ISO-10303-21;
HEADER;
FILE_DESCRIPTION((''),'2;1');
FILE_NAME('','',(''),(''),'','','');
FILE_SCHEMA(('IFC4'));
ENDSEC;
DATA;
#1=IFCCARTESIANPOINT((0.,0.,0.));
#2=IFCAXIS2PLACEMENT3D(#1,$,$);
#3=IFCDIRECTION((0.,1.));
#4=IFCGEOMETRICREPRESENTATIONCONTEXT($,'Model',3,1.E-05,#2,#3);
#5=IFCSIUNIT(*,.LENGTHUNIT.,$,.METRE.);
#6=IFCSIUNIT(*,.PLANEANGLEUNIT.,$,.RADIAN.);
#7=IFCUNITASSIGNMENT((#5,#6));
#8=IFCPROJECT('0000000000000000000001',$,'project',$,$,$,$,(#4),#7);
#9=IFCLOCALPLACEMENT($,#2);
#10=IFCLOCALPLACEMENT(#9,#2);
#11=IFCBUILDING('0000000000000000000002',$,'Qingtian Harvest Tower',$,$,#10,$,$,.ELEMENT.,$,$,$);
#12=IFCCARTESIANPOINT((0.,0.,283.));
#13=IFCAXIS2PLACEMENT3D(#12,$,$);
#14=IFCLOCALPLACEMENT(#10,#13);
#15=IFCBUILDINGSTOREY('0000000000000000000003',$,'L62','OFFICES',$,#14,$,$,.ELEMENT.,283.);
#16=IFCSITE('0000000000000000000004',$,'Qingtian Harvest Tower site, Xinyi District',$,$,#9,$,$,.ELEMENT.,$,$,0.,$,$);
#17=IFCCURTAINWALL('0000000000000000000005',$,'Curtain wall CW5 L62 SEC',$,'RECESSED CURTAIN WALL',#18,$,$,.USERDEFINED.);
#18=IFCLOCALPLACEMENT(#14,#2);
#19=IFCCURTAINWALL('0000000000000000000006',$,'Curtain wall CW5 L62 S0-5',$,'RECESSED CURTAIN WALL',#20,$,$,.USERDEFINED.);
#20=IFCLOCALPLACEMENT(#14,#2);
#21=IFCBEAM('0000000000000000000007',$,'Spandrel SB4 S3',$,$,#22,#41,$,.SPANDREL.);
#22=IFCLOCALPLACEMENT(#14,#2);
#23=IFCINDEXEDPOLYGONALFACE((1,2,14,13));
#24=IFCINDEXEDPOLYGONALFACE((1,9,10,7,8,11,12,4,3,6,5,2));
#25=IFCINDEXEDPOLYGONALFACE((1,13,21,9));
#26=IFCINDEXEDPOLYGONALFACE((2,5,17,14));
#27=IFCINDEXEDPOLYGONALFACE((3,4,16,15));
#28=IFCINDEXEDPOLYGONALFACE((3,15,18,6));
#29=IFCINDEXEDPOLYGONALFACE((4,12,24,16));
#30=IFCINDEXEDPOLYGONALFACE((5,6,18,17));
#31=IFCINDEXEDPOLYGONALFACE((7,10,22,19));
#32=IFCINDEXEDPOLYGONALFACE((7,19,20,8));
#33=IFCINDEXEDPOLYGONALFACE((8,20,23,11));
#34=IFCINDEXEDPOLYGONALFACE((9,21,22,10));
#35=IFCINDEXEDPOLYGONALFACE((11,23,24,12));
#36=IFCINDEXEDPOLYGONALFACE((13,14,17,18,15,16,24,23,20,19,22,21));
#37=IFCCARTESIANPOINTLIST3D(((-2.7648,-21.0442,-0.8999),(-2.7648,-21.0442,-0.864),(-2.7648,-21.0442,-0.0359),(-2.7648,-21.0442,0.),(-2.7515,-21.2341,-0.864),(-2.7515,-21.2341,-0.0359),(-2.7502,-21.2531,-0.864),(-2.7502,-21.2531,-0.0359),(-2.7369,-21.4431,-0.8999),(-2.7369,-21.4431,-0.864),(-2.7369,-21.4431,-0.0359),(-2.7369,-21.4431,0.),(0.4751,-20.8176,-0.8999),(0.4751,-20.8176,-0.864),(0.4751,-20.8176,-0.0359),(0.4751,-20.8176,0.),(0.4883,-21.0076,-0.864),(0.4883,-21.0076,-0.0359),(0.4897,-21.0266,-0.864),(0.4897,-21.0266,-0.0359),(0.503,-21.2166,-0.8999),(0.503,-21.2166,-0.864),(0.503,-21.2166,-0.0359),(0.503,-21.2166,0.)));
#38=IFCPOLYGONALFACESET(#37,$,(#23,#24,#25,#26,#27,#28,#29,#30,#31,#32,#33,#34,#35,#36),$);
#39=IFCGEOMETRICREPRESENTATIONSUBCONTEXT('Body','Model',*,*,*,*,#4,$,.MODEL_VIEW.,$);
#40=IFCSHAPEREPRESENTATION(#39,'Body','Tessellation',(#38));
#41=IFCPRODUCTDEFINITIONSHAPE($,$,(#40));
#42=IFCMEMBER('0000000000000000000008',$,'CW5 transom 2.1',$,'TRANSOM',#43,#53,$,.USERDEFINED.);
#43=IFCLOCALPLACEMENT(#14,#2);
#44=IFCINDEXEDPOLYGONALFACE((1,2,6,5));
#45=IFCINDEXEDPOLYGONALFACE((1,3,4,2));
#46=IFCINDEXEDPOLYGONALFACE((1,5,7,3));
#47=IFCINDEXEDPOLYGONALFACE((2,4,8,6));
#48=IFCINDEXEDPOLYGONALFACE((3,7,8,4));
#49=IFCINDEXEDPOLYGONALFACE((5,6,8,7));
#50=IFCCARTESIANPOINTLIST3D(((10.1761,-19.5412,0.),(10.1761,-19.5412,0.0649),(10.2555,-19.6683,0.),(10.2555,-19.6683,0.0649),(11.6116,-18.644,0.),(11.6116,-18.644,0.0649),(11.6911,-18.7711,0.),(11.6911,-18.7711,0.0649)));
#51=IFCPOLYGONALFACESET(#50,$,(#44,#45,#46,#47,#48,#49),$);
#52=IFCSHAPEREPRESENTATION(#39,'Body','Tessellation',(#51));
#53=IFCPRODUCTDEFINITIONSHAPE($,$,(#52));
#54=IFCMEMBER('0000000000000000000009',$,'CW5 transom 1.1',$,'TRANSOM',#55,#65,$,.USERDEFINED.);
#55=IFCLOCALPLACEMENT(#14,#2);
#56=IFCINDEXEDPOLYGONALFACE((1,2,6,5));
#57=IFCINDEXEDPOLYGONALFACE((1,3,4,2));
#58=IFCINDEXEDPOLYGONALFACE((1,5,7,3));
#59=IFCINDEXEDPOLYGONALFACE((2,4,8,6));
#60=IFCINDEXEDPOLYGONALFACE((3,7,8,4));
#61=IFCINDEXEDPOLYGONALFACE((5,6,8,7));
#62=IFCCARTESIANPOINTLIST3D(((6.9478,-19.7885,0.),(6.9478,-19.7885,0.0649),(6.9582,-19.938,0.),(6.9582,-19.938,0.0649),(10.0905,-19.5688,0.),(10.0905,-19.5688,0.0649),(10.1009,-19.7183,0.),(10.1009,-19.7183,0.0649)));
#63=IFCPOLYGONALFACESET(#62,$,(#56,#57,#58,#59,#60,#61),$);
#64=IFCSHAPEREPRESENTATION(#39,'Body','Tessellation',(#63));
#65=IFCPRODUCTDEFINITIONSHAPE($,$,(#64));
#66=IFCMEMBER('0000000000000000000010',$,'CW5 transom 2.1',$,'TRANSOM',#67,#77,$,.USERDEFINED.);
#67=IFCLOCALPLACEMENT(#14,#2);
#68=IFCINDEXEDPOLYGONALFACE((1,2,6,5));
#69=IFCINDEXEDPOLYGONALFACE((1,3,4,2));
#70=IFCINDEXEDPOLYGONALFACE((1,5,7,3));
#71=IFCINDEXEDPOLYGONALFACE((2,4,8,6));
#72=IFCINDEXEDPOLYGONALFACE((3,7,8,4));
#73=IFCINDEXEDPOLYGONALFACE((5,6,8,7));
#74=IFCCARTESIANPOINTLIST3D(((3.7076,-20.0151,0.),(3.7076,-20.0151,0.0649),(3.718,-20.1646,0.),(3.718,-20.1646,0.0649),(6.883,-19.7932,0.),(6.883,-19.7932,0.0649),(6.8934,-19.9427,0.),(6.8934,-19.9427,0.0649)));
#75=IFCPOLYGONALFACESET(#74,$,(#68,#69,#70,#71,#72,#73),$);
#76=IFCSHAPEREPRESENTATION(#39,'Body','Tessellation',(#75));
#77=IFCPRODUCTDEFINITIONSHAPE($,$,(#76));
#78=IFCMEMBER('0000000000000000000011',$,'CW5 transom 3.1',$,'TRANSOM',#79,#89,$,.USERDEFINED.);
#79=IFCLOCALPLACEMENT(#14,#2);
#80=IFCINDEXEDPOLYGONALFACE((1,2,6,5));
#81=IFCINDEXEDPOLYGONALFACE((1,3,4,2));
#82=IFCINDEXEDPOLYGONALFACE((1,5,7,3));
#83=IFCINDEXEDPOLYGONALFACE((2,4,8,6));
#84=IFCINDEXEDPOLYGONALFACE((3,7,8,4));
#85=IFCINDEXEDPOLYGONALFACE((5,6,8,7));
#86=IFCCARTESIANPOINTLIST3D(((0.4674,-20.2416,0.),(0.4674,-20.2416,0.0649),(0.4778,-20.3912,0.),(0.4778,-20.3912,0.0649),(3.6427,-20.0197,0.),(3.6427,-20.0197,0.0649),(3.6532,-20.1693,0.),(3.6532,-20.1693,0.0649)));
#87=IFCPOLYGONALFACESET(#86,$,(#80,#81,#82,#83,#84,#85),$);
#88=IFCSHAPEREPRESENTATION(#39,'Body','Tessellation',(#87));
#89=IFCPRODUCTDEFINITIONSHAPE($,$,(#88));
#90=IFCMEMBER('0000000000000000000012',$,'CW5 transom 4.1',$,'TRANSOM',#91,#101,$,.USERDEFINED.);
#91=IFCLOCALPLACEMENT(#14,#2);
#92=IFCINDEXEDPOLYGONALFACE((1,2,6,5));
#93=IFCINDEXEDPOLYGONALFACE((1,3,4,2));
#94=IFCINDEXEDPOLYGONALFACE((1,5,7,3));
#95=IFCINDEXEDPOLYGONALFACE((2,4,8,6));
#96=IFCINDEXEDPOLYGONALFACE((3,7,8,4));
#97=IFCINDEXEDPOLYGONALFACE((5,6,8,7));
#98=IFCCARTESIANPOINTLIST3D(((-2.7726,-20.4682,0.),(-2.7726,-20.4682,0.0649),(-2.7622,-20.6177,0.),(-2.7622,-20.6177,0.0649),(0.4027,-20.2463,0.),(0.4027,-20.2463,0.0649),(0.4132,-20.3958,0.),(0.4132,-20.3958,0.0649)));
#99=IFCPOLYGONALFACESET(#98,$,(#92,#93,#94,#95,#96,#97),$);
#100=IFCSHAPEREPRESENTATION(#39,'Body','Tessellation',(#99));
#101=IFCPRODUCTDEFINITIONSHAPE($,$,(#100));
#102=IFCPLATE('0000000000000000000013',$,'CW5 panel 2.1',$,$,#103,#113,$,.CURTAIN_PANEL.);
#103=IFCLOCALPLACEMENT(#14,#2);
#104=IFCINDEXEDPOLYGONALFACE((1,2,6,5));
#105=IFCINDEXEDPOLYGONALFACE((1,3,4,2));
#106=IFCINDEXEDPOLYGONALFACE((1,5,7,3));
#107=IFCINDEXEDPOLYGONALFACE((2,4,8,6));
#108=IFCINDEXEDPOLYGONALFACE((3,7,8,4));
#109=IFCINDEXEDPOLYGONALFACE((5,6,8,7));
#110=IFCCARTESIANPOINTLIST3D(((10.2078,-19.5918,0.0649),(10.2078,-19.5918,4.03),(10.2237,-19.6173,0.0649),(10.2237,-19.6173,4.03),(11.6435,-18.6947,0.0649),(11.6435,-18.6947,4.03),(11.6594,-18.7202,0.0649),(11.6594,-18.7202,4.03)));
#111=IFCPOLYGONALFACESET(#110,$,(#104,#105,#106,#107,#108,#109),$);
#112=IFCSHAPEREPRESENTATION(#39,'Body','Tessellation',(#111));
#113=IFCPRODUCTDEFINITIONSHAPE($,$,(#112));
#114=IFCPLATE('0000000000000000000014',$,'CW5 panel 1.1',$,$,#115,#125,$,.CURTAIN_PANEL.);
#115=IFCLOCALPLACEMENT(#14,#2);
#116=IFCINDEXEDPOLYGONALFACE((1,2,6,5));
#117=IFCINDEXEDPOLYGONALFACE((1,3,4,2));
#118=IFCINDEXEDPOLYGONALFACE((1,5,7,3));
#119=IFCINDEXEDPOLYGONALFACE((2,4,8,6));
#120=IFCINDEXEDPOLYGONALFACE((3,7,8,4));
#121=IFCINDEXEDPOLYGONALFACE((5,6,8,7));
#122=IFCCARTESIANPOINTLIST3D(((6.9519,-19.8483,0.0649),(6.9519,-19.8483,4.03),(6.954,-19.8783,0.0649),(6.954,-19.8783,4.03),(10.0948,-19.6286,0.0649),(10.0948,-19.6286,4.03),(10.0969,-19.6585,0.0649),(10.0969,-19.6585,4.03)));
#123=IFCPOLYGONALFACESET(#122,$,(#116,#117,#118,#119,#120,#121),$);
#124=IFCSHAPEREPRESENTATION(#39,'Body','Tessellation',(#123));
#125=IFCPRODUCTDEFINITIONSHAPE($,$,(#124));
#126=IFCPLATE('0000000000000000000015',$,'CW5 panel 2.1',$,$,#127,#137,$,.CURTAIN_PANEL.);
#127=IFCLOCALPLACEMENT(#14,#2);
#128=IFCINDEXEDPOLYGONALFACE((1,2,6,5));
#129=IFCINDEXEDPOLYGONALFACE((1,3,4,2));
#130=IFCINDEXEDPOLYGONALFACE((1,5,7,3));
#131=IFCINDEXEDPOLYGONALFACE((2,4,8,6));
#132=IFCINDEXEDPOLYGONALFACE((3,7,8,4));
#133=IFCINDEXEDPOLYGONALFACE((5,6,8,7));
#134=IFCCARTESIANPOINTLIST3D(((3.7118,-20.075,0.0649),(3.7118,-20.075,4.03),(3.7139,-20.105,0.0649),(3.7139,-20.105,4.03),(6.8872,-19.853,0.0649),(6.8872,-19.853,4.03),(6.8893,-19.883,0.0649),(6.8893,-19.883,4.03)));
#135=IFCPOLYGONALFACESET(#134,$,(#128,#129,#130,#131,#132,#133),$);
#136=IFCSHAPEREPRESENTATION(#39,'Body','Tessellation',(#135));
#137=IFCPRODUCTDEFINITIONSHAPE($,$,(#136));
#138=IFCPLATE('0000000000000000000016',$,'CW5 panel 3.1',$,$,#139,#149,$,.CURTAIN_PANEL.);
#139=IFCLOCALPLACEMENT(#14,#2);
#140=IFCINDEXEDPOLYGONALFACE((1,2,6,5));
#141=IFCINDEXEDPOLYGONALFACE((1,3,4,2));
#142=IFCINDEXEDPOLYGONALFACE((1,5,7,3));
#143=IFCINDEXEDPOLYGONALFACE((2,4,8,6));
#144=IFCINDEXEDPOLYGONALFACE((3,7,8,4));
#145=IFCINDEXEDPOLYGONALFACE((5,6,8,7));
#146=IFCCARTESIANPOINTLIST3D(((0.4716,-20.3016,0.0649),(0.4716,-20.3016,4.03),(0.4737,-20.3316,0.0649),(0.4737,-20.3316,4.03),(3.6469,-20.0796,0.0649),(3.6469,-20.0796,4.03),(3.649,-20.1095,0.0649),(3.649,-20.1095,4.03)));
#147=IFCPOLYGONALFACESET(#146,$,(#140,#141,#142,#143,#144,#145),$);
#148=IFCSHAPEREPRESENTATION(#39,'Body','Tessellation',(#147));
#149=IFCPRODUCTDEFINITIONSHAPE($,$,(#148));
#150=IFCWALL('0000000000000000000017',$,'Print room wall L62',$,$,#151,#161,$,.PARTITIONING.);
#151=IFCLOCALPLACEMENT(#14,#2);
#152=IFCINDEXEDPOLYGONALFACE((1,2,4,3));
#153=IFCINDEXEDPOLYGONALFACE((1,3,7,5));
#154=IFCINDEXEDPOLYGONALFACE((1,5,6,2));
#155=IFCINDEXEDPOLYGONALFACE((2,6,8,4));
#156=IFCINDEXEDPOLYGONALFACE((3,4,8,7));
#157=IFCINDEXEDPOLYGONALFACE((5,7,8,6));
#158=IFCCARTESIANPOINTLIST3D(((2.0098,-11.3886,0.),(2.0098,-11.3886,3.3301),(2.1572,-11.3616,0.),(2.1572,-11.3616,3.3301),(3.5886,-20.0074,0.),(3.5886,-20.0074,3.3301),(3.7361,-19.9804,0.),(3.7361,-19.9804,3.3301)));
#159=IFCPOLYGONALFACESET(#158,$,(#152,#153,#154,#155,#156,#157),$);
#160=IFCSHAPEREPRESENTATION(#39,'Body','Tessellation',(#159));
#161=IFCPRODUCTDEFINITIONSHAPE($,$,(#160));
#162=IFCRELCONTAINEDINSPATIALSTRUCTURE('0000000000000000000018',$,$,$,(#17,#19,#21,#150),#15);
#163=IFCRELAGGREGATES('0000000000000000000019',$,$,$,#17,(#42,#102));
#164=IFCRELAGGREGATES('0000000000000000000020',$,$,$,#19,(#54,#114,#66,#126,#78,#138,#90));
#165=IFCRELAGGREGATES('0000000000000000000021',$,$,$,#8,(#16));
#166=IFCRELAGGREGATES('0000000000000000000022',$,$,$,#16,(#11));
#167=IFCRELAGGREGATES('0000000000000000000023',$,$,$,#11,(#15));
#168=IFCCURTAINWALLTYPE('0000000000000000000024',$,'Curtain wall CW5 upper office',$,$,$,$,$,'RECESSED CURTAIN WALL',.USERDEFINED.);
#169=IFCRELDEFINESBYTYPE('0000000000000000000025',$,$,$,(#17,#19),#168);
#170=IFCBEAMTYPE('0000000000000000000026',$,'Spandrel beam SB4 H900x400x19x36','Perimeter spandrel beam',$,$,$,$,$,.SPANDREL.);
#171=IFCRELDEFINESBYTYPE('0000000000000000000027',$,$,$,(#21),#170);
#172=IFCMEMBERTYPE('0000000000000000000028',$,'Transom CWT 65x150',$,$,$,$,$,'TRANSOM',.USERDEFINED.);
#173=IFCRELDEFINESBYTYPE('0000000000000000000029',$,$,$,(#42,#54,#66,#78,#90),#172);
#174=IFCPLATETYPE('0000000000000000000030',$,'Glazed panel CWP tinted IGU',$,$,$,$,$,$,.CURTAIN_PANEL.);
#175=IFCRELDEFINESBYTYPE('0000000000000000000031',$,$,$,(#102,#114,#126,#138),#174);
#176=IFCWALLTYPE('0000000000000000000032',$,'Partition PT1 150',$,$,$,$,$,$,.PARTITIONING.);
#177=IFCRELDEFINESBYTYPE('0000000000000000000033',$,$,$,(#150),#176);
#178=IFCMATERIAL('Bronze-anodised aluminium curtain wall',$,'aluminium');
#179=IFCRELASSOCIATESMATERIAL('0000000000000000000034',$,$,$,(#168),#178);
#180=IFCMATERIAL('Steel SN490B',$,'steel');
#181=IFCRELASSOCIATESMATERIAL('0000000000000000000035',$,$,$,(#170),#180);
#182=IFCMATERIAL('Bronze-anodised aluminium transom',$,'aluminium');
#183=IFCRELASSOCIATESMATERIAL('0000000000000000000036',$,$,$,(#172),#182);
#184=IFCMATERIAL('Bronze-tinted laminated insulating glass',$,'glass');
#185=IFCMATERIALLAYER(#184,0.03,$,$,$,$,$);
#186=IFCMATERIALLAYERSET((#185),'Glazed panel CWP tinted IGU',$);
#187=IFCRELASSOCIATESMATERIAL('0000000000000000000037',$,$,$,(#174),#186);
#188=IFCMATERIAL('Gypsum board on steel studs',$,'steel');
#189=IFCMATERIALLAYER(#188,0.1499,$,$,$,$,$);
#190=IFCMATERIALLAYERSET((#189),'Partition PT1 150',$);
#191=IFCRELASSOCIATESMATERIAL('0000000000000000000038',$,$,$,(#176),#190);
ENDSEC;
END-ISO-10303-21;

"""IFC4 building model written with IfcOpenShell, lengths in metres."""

from ifc_helpers import new_model, si_unit, direction, frame, frame_2d, origin, origin_2d, place, context, subcontext, project, spatial, rectangle, i_section, extrude, material, layer, layer_set, material_profile, profile_set, type_object, element, aggregate, save


model = new_model("IFC4")

# Units and contexts
model_context = context("Model", 3, precision=1e-05, world=origin(), true_north=direction((0.0, 1.0)))
body_context = subcontext(model_context, "Body", "Model", "MODEL_VIEW")
ifc_project = project(units=[si_unit("LENGTHUNIT", "METRE"), si_unit("PLANEANGLEUNIT", "RADIAN")], contexts=[model_context])

# Site, building, storey
site_placement = place(None, origin())
site = spatial("IfcSite", under=ifc_project, at=site_placement, Name="Qingtian Harvest Tower site, Xinyi District", CompositionType="ELEMENT", RefElevation=0.0)
building_placement = place(site_placement, origin())
building = spatial("IfcBuilding", under=site, at=building_placement, Name="Qingtian Harvest Tower", CompositionType="ELEMENT")
storey_placement = place(building_placement, frame((0.0, 0.0, 283.0)))
storey = spatial("IfcBuildingStorey", under=building, at=storey_placement, Name="L62", Description="OFFICES", CompositionType="ELEMENT", Elevation=283.0)

# Curtain wall
ifc_material_1 = material(Name="Bronze-anodised aluminium curtain wall", Category="aluminium")
curtain_wall_type = type_object("IfcCurtainWallType", Name="Curtain wall CW5 upper office", ElementType="RECESSED CURTAIN WALL", PredefinedType="USERDEFINED", material=ifc_material_1)
curtain_wall_1_placement = place(storey_placement, origin())
curtain_wall_1 = element("IfcCurtainWall", 1, at=curtain_wall_1_placement, inside=storey, type_object=curtain_wall_type, Name="Curtain wall CW5 L62 SEC", ObjectType="RECESSED CURTAIN WALL", PredefinedType="USERDEFINED")

# Curtain wall
curtain_wall_2_placement = place(storey_placement, origin())
curtain_wall_2 = element("IfcCurtainWall", 2, at=curtain_wall_2_placement, inside=storey, type_object=curtain_wall_type, Name="Curtain wall CW5 L62 S0-5", ObjectType="RECESSED CURTAIN WALL", PredefinedType="USERDEFINED")

# Beam
ifc_material_2 = material(Name="Steel SN490B", Category="steel")
ifc_material_profile_1 = material_profile(ifc_material_2, i_section(OverallWidth=0.3999, OverallDepth=0.8999, WebThickness=0.019, FlangeThickness=0.0359, at=origin_2d()), Name="H900x400x19x36")
ifc_profile_set_1 = profile_set([ifc_material_profile_1], Name="Steel SN490B")
beam_type_1 = type_object("IfcBeamType", Name="Spandrel beam SB4 H900x400x19x36", Description="Perimeter spandrel beam", PredefinedType="SPANDREL", material=ifc_profile_set_1)
beam_1_placement = place(storey_placement, frame((0.489, -21.0171, -0.45), z_axis=(-0.997564, -0.069757, 0.0), x_axis=(0.069757, -0.997564, 0.0)))
element("IfcBeam", 3, at=beam_1_placement, inside=storey, type_object=beam_type_1, Name="Spandrel SB4 S3", PredefinedType="SPANDREL", context=body_context, shape_type="SweptSolid", body=[
    extrude(i_section(OverallWidth=0.3999, OverallDepth=0.8999, WebThickness=0.019, FlangeThickness=0.0359, at=origin_2d()), origin(), (0.0, 0.0, 1.0), 3.2478),
])

# Members
ifc_material_3 = material(Name="Bronze-anodised aluminium transom", Category="aluminium")
ifc_material_profile_2 = material_profile(ifc_material_3, rectangle(XDim=0.1499, YDim=0.0649, at=origin_2d()), Name="AL 65x150")
ifc_profile_set_2 = profile_set([ifc_material_profile_2], Name="Bronze-anodised aluminium transom")
member_type_1 = type_object("IfcMemberType", Name="Transom CWT 65x150", ElementType="TRANSOM", PredefinedType="USERDEFINED", material=ifc_profile_set_2)
member_1_placement = place(storey_placement, frame((11.6514, -18.7075, 0.0325), z_axis=(-0.847998, -0.529999, 0.0), x_axis=(0.529999, -0.847998, 0.0)))
member_1 = element("IfcMember", 4, at=member_1_placement, type_object=member_type_1, Name="CW5 transom 2.1", ObjectType="TRANSOM", PredefinedType="USERDEFINED", context=body_context, shape_type="SweptSolid", body=[
    extrude(rectangle(XDim=0.1499, YDim=0.0649, at=origin_2d()), origin(), (0.0, 0.0, 1.0), 1.6929),
])
member_2_placement = place(storey_placement, frame((10.0957, -19.6436, 0.0325), z_axis=(-0.997565, -0.069744, 0.0), x_axis=(0.069744, -0.997565, 0.0)))
member_2 = element("IfcMember", 5, at=member_2_placement, type_object=member_type_1, Name="CW5 transom 1.1", ObjectType="TRANSOM", PredefinedType="USERDEFINED", context=body_context, shape_type="SweptSolid", body=[
    extrude(rectangle(XDim=0.1499, YDim=0.0649, at=origin_2d()), origin(), (0.0, 0.0, 1.0), 3.1504),
])
member_3_placement = place(storey_placement, frame((6.8882, -19.8679, 0.0325), z_axis=(-0.997567, -0.069721, 0.0), x_axis=(0.069721, -0.997567, 0.0)))
member_3 = element("IfcMember", 6, at=member_3_placement, type_object=member_type_1, Name="CW5 transom 2.1", ObjectType="TRANSOM", PredefinedType="USERDEFINED", context=body_context, shape_type="SweptSolid", body=[
    extrude(rectangle(XDim=0.1499, YDim=0.0649, at=origin_2d()), origin(), (0.0, 0.0, 1.0), 3.1831),
])
member_4_placement = place(storey_placement, frame((3.6479, -20.0945, 0.0325), z_axis=(-0.997567, -0.069721, 0.0), x_axis=(0.069721, -0.997567, 0.0)))
member_4 = element("IfcMember", 7, at=member_4_placement, type_object=member_type_1, Name="CW5 transom 3.1", ObjectType="TRANSOM", PredefinedType="USERDEFINED", context=body_context, shape_type="SweptSolid", body=[
    extrude(rectangle(XDim=0.1499, YDim=0.0649, at=origin_2d()), origin(), (0.0, 0.0, 1.0), 3.1831),
])
member_5_placement = place(storey_placement, frame((0.408, -20.321, 0.0325), z_axis=(-0.997567, -0.069721, 0.0), x_axis=(0.069721, -0.997567, 0.0)))
member_5 = element("IfcMember", 8, at=member_5_placement, type_object=member_type_1, Name="CW5 transom 4.1", ObjectType="TRANSOM", PredefinedType="USERDEFINED", context=body_context, shape_type="SweptSolid", body=[
    extrude(rectangle(XDim=0.1499, YDim=0.0649, at=origin_2d()), origin(), (0.0, 0.0, 1.0), 3.1831),
])

# Plates
ifc_material_4 = material(Name="Bronze-tinted laminated insulating glass", Category="glass")
ifc_layer_1 = layer(ifc_material_4, 0.03)
ifc_layer_set_1 = layer_set([ifc_layer_1], Name="Glazed panel CWP tinted IGU")
plate_type = type_object("IfcPlateType", Name="Glazed panel CWP tinted IGU", PredefinedType="CURTAIN_PANEL", material=ifc_layer_set_1)
plate_1_placement = place(storey_placement, frame((10.9336, -19.156, 0.0649), z_axis=(0.0, 0.0, 1.0), x_axis=(-0.848048, -0.529919, 0.0)))
plate_1 = element("IfcPlate", 9, at=plate_1_placement, type_object=plate_type, Name="CW5 panel 2.1", PredefinedType="CURTAIN_PANEL", context=body_context, shape_type="SweptSolid", body=[
    extrude(rectangle(XDim=1.6929, YDim=0.03, at=origin_2d()), origin(), (0.0, 0.0, 1.0), 3.9651),
])
aggregate(curtain_wall_1, [member_1, plate_1])
plate_2_placement = place(storey_placement, frame((8.5244, -19.7534, 0.0649), z_axis=(0.0, 0.0, 1.0), x_axis=(-0.997564, -0.069756, 0.0)))
plate_2 = element("IfcPlate", 10, at=plate_2_placement, type_object=plate_type, Name="CW5 panel 1.1", PredefinedType="CURTAIN_PANEL", context=body_context, shape_type="SweptSolid", body=[
    extrude(rectangle(XDim=3.1506, YDim=0.03, at=origin_2d()), origin(), (0.0, 0.0, 1.0), 3.9651),
])
plate_3_placement = place(storey_placement, frame((5.3005, -19.979, 0.0649), z_axis=(0.0, 0.0, 1.0), x_axis=(-0.997564, -0.069756, 0.0)))
plate_3 = element("IfcPlate", 11, at=plate_3_placement, type_object=plate_type, Name="CW5 panel 2.1", PredefinedType="CURTAIN_PANEL", context=body_context, shape_type="SweptSolid", body=[
    extrude(rectangle(XDim=3.1831, YDim=0.03, at=origin_2d()), origin(), (0.0, 0.0, 1.0), 3.9651),
])
plate_4_placement = place(storey_placement, frame((2.0603, -20.2056, 0.0649), z_axis=(0.0, 0.0, 1.0), x_axis=(-0.997564, -0.069756, 0.0)))
plate_4 = element("IfcPlate", 12, at=plate_4_placement, type_object=plate_type, Name="CW5 panel 3.1", PredefinedType="CURTAIN_PANEL", context=body_context, shape_type="SweptSolid", body=[
    extrude(rectangle(XDim=3.1831, YDim=0.03, at=origin_2d()), origin(), (0.0, 0.0, 1.0), 3.9651),
])
aggregate(curtain_wall_2, [member_2, plate_2, member_3, plate_3, member_4, plate_4, member_5])

# Wall
ifc_material_5 = material(Name="Gypsum board on steel studs", Category="steel")
ifc_layer_2 = layer(ifc_material_5, 0.1499)
ifc_layer_set_2 = layer_set([ifc_layer_2], Name="Partition PT1 150")
wall_type = type_object("IfcWallType", Name="Partition PT1 150", PredefinedType="PARTITIONING", material=ifc_layer_set_2)
wall_placement = place(storey_placement, frame((3.6624, -19.9939, 0.0), z_axis=(0.0, 0.0, 1.0), x_axis=(-0.180187, 0.983632, 0.0)))
element("IfcWall", 13, at=wall_placement, inside=storey, type_object=wall_type, Name="Print room wall L62", PredefinedType="PARTITIONING", context=body_context, shape_type="SweptSolid", body=[
    extrude(rectangle(XDim=8.7622, YDim=0.1499, at=frame_2d((4.3811, 0.0))), origin(), (0.0, 0.0, 1.0), 3.3301),
])

save(model, "model.ifc")
